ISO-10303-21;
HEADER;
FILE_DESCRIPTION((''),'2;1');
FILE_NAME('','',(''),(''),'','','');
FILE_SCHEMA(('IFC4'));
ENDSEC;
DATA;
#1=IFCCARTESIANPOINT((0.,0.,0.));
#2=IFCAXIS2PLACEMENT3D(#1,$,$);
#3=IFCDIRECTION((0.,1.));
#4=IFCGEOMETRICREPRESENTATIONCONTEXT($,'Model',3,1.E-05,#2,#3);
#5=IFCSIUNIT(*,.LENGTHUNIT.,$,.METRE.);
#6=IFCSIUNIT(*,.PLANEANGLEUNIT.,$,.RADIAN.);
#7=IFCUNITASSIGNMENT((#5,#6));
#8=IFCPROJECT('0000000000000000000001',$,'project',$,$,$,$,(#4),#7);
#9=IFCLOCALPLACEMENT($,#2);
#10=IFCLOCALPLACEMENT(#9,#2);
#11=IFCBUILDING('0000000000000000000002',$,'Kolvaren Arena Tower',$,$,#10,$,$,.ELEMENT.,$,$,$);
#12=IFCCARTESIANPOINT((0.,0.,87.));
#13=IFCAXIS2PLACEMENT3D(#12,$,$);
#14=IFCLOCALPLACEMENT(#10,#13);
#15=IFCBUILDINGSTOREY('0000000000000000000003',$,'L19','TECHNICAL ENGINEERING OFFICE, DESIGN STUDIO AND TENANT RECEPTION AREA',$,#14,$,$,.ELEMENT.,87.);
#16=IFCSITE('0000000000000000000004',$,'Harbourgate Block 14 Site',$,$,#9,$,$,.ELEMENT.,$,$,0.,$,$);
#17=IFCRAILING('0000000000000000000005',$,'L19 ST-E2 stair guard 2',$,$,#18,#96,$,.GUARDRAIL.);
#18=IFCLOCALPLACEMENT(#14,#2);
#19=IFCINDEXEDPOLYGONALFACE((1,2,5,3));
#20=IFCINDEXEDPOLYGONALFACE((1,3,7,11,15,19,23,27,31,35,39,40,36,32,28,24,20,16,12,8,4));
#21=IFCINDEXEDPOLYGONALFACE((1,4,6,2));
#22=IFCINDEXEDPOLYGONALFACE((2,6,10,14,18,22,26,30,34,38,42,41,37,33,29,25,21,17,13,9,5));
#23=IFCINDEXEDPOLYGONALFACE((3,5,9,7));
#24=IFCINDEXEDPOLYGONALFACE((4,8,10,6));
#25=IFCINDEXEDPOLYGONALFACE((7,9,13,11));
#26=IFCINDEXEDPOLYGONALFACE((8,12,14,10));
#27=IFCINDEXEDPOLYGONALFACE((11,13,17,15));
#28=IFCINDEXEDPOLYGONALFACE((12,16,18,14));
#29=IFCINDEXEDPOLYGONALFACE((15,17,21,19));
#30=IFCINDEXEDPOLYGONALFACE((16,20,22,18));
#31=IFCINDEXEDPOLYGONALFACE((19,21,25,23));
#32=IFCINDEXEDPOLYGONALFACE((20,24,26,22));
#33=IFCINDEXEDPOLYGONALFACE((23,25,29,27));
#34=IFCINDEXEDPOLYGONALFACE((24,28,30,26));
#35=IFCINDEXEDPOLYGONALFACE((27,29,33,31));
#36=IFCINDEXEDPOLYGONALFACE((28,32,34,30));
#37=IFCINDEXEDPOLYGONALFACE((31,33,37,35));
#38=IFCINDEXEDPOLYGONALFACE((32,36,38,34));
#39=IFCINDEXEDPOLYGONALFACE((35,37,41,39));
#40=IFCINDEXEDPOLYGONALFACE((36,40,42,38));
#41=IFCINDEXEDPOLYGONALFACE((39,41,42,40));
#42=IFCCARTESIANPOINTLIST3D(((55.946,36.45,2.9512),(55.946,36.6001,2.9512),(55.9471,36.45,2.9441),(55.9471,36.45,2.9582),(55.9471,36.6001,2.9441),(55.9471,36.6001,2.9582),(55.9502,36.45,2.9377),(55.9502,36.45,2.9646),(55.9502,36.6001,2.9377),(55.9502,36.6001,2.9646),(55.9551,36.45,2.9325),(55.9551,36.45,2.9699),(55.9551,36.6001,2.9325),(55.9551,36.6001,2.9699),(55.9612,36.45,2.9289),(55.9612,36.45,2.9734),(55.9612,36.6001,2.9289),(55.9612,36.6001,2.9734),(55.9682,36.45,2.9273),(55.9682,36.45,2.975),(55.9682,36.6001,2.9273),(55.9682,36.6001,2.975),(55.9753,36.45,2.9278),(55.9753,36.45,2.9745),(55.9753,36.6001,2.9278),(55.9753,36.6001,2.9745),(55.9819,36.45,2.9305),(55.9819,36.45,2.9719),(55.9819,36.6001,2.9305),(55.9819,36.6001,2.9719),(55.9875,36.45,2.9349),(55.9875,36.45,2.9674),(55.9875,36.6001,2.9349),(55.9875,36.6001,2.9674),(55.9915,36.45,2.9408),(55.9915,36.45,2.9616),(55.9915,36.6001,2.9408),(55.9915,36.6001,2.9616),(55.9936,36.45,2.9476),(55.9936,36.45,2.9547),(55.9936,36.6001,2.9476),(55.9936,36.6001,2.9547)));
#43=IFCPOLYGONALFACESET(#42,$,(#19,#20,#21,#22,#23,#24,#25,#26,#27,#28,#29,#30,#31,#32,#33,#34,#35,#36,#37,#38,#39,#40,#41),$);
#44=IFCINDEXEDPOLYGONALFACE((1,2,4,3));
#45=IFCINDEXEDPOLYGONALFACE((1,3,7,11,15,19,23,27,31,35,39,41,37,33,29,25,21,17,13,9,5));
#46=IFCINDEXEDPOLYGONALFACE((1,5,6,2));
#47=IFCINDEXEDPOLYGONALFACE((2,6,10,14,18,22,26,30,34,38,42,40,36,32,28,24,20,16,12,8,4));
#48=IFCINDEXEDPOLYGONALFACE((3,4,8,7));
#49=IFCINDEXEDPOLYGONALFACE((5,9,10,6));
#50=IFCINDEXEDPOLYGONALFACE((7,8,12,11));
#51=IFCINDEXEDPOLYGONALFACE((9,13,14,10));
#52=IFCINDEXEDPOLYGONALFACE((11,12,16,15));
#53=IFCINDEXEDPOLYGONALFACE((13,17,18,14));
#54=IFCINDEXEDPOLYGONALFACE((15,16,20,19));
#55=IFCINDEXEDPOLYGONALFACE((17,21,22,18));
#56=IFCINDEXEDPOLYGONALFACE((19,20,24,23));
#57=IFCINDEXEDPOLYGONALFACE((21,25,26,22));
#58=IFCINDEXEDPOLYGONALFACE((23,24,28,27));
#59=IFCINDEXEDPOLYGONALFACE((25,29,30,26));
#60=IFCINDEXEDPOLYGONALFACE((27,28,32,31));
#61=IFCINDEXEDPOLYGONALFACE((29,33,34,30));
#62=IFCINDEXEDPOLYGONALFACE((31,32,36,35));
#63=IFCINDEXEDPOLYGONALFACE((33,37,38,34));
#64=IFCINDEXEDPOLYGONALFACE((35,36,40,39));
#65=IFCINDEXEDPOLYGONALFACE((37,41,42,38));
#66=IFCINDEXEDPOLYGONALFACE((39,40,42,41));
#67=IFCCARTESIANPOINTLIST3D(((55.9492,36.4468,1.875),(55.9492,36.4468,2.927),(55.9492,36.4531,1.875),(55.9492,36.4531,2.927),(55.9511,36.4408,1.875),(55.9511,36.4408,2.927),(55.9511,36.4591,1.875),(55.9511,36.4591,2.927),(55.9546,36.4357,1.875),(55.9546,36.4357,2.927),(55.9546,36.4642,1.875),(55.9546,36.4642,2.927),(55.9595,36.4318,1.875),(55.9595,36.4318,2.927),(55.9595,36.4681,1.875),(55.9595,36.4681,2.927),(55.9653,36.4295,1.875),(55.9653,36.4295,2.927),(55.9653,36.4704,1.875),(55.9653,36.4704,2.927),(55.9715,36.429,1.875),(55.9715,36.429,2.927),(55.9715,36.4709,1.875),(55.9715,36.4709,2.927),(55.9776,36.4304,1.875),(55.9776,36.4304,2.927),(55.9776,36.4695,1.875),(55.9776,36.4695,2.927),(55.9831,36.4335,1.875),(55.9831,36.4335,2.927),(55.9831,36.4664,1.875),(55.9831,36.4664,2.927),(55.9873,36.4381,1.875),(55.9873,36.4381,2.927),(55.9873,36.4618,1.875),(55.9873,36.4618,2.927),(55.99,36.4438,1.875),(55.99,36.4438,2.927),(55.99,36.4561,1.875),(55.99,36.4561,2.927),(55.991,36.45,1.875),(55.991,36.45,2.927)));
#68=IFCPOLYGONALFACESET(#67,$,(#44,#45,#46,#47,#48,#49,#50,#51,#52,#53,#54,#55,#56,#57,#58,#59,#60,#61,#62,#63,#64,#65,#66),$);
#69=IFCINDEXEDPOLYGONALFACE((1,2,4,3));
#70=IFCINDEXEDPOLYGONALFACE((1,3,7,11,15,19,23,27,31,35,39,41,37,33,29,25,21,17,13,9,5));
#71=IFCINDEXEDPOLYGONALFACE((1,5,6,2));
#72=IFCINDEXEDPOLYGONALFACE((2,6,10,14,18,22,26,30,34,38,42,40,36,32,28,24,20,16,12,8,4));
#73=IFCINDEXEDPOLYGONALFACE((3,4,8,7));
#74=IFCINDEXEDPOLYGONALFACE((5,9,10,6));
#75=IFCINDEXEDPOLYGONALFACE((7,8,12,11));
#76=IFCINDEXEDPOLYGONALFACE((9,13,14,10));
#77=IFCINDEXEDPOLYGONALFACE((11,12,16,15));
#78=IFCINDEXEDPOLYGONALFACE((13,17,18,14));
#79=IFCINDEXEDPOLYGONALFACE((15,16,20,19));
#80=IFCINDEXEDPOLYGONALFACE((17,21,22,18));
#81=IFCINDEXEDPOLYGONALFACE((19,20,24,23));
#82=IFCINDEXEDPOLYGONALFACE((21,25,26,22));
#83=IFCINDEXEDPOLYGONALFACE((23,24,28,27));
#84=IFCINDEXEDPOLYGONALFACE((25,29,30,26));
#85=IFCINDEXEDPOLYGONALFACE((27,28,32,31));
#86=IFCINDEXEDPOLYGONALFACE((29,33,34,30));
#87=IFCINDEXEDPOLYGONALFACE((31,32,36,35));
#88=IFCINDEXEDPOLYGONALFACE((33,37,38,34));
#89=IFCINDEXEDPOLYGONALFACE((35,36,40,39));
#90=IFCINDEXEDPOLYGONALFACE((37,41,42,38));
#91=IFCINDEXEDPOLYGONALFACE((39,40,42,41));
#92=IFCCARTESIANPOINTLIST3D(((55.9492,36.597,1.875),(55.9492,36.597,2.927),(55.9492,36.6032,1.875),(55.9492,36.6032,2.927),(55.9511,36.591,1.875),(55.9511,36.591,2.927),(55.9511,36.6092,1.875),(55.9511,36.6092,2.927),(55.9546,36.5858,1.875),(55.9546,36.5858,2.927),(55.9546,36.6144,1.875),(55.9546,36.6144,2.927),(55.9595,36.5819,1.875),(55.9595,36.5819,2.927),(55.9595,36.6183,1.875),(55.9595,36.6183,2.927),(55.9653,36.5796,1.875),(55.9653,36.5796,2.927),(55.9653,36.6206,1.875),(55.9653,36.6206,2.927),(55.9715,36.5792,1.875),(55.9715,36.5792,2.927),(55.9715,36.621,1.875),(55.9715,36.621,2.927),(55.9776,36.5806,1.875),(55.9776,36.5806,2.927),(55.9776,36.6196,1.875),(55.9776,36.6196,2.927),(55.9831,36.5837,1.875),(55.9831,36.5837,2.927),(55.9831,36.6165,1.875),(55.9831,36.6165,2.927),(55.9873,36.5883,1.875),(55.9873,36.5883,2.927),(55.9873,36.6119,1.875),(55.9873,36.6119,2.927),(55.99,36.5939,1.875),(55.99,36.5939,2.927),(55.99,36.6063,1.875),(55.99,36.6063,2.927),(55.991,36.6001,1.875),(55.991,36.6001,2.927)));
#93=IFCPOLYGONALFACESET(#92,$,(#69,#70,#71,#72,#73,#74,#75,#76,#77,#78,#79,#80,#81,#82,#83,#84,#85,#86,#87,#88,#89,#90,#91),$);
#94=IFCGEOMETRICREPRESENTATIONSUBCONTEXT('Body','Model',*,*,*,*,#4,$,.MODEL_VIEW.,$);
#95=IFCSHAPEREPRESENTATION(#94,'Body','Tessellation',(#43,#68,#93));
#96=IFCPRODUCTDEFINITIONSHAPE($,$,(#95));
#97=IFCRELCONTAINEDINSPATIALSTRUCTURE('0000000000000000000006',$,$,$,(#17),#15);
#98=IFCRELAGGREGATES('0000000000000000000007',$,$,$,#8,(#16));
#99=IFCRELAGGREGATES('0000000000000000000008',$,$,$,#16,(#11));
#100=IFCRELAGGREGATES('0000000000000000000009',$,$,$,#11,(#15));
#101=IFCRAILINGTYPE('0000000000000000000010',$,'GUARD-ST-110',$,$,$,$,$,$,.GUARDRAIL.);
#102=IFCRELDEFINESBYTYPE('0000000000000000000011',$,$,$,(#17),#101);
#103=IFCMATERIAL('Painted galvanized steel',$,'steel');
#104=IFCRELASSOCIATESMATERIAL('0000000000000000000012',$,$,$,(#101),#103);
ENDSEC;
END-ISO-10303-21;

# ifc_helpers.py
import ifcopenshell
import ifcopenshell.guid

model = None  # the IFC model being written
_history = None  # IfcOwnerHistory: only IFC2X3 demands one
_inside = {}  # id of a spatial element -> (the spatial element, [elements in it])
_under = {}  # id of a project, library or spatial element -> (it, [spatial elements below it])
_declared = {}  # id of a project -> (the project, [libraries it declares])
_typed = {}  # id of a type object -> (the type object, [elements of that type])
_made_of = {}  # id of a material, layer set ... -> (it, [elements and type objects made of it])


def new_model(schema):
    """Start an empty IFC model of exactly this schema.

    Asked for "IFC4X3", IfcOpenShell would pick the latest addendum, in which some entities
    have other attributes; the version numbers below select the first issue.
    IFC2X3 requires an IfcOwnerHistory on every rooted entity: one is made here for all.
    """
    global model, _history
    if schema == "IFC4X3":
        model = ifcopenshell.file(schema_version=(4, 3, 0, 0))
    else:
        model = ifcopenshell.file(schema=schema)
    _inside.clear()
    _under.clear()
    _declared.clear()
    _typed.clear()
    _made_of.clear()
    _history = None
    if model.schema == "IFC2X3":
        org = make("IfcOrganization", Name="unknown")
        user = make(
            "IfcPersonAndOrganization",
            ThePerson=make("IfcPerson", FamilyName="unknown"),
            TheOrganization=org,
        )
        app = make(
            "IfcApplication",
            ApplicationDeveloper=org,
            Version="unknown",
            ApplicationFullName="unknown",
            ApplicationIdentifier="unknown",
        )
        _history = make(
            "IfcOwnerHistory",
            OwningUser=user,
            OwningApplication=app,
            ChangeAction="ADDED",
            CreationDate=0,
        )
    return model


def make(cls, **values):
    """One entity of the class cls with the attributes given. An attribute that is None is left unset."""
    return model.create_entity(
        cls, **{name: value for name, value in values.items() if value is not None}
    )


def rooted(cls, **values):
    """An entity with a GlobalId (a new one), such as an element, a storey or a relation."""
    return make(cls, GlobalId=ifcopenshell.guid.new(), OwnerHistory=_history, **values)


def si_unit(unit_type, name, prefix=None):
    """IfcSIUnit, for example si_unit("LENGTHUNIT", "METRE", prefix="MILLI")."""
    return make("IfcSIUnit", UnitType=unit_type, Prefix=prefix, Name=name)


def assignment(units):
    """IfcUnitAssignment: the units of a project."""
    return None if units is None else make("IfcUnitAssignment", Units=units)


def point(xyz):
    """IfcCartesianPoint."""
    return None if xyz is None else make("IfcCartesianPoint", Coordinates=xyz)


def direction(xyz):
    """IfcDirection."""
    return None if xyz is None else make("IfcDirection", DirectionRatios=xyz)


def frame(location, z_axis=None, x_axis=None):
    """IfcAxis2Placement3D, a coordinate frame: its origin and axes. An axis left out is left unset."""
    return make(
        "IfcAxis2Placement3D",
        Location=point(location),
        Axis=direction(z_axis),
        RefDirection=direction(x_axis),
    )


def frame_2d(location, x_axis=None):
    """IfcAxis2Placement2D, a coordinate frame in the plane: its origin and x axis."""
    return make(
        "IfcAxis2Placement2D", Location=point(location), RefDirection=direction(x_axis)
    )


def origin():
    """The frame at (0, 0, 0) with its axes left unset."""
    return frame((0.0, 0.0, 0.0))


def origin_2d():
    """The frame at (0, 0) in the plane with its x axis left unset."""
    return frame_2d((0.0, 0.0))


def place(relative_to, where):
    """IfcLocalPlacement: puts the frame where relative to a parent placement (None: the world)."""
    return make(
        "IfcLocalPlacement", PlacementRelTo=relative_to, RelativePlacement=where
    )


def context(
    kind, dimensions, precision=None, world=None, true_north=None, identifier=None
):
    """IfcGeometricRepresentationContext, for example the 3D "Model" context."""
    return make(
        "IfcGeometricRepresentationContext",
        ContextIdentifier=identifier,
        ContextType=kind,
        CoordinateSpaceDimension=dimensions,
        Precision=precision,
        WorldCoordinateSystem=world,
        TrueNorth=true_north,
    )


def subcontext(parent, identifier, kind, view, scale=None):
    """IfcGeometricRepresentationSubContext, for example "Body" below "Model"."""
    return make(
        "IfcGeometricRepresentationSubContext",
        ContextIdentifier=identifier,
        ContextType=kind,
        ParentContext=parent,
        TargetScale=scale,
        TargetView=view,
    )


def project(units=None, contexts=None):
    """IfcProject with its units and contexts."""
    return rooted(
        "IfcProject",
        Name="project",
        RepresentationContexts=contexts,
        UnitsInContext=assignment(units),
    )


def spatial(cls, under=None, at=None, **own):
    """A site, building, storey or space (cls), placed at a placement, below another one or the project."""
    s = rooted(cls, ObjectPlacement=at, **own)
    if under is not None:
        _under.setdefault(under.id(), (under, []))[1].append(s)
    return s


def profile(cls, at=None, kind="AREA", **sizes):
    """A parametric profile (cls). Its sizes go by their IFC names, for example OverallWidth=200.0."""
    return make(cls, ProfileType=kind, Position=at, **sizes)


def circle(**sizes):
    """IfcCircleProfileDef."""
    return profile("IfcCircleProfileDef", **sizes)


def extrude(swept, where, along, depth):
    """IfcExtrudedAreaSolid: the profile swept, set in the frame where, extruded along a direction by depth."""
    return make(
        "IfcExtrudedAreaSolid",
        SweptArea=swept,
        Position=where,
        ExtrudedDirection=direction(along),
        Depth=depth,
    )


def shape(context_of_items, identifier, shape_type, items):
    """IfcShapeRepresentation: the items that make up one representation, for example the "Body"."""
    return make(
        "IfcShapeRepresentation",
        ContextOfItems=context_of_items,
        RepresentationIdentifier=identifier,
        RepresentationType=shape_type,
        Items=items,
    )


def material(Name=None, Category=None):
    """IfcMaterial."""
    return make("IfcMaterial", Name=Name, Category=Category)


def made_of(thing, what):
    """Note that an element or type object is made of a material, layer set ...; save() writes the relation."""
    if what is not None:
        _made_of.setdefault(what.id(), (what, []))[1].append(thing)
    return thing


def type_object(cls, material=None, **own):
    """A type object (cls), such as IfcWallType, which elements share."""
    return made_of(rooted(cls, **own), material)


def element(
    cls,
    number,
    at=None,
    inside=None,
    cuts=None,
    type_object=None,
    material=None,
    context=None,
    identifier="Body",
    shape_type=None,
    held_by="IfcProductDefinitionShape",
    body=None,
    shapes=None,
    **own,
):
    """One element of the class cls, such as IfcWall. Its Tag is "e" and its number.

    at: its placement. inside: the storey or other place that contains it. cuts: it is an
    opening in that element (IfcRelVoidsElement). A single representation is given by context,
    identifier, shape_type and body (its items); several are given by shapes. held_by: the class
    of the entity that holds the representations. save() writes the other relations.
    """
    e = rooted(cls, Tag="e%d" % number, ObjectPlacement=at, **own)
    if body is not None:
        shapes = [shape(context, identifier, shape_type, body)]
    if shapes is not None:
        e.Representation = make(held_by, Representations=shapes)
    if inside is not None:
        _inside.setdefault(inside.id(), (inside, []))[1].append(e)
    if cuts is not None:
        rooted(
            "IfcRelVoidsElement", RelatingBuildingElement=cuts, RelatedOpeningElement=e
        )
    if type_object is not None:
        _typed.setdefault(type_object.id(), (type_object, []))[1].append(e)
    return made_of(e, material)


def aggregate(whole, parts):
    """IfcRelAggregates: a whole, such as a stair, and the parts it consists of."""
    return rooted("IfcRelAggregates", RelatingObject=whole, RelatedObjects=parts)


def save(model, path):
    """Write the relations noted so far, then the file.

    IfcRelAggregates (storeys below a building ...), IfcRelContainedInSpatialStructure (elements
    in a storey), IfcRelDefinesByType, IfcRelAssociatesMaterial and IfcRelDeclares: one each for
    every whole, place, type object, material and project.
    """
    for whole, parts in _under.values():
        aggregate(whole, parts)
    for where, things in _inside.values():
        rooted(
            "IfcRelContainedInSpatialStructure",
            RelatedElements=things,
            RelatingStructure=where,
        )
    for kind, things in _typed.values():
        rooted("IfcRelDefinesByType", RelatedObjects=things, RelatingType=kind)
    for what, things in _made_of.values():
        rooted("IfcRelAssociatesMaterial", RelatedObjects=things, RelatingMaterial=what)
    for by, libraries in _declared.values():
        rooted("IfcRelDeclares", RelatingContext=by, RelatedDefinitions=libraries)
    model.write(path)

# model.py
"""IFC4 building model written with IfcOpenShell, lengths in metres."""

from ifc_helpers import new_model, si_unit, direction, frame, origin, origin_2d, place, context, subcontext, project, spatial, circle, extrude, material, type_object, element, save


model = new_model("IFC4")

# Units and contexts
model_context = context("Model", 3, precision=1e-05, world=origin(), true_north=direction((0.0, 1.0)))
body_context = subcontext(model_context, "Body", "Model", "MODEL_VIEW")
ifc_project = project(units=[si_unit("LENGTHUNIT", "METRE"), si_unit("PLANEANGLEUNIT", "RADIAN")], contexts=[model_context])

# Site, building, storey
site_placement = place(None, origin())
site = spatial("IfcSite", under=ifc_project, at=site_placement, Name="Harbourgate Block 14 Site", CompositionType="ELEMENT", RefElevation=0.0)
building_placement = place(site_placement, origin())
building = spatial("IfcBuilding", under=site, at=building_placement, Name="Kolvaren Arena Tower", CompositionType="ELEMENT")
storey_placement = place(building_placement, frame((0.0, 0.0, 87.0)))
storey = spatial("IfcBuildingStorey", under=building, at=storey_placement, Name="L19", Description="TECHNICAL ENGINEERING OFFICE, DESIGN STUDIO AND TENANT RECEPTION AREA", CompositionType="ELEMENT", Elevation=87.0)

# Railing
ifc_material_1 = material(Name="Painted galvanized steel", Category="steel")
railing_type_1 = type_object("IfcRailingType", Name="GUARD-ST-110", PredefinedType="GUARDRAIL", material=ifc_material_1)
railing_1_placement = place(storey_placement, frame((55.97, 36.45, 1.875)))
element("IfcRailing", 1, at=railing_1_placement, inside=storey, type_object=railing_type_1, Name="L19 ST-E2 stair guard 2", PredefinedType="GUARDRAIL", context=body_context, shape_type="SweptSolid", body=[
    extrude(circle(Radius=0.0239, at=origin_2d()), frame((0.0, 0.0, 1.0762), z_axis=(0.0, 1.0, 0.0), x_axis=(-1.0, 0.0, 0.0)), (0.0, 0.0, 1.0), 0.1501),
    extrude(circle(Radius=0.021, at=origin_2d()), origin(), (0.0, 0.0, 1.0), 1.052),
    extrude(circle(Radius=0.021, at=origin_2d()), frame((0.0, 0.1501, 0.0)), (0.0, 0.0, 1.0), 1.052),
])

save(model, "model.ifc")
